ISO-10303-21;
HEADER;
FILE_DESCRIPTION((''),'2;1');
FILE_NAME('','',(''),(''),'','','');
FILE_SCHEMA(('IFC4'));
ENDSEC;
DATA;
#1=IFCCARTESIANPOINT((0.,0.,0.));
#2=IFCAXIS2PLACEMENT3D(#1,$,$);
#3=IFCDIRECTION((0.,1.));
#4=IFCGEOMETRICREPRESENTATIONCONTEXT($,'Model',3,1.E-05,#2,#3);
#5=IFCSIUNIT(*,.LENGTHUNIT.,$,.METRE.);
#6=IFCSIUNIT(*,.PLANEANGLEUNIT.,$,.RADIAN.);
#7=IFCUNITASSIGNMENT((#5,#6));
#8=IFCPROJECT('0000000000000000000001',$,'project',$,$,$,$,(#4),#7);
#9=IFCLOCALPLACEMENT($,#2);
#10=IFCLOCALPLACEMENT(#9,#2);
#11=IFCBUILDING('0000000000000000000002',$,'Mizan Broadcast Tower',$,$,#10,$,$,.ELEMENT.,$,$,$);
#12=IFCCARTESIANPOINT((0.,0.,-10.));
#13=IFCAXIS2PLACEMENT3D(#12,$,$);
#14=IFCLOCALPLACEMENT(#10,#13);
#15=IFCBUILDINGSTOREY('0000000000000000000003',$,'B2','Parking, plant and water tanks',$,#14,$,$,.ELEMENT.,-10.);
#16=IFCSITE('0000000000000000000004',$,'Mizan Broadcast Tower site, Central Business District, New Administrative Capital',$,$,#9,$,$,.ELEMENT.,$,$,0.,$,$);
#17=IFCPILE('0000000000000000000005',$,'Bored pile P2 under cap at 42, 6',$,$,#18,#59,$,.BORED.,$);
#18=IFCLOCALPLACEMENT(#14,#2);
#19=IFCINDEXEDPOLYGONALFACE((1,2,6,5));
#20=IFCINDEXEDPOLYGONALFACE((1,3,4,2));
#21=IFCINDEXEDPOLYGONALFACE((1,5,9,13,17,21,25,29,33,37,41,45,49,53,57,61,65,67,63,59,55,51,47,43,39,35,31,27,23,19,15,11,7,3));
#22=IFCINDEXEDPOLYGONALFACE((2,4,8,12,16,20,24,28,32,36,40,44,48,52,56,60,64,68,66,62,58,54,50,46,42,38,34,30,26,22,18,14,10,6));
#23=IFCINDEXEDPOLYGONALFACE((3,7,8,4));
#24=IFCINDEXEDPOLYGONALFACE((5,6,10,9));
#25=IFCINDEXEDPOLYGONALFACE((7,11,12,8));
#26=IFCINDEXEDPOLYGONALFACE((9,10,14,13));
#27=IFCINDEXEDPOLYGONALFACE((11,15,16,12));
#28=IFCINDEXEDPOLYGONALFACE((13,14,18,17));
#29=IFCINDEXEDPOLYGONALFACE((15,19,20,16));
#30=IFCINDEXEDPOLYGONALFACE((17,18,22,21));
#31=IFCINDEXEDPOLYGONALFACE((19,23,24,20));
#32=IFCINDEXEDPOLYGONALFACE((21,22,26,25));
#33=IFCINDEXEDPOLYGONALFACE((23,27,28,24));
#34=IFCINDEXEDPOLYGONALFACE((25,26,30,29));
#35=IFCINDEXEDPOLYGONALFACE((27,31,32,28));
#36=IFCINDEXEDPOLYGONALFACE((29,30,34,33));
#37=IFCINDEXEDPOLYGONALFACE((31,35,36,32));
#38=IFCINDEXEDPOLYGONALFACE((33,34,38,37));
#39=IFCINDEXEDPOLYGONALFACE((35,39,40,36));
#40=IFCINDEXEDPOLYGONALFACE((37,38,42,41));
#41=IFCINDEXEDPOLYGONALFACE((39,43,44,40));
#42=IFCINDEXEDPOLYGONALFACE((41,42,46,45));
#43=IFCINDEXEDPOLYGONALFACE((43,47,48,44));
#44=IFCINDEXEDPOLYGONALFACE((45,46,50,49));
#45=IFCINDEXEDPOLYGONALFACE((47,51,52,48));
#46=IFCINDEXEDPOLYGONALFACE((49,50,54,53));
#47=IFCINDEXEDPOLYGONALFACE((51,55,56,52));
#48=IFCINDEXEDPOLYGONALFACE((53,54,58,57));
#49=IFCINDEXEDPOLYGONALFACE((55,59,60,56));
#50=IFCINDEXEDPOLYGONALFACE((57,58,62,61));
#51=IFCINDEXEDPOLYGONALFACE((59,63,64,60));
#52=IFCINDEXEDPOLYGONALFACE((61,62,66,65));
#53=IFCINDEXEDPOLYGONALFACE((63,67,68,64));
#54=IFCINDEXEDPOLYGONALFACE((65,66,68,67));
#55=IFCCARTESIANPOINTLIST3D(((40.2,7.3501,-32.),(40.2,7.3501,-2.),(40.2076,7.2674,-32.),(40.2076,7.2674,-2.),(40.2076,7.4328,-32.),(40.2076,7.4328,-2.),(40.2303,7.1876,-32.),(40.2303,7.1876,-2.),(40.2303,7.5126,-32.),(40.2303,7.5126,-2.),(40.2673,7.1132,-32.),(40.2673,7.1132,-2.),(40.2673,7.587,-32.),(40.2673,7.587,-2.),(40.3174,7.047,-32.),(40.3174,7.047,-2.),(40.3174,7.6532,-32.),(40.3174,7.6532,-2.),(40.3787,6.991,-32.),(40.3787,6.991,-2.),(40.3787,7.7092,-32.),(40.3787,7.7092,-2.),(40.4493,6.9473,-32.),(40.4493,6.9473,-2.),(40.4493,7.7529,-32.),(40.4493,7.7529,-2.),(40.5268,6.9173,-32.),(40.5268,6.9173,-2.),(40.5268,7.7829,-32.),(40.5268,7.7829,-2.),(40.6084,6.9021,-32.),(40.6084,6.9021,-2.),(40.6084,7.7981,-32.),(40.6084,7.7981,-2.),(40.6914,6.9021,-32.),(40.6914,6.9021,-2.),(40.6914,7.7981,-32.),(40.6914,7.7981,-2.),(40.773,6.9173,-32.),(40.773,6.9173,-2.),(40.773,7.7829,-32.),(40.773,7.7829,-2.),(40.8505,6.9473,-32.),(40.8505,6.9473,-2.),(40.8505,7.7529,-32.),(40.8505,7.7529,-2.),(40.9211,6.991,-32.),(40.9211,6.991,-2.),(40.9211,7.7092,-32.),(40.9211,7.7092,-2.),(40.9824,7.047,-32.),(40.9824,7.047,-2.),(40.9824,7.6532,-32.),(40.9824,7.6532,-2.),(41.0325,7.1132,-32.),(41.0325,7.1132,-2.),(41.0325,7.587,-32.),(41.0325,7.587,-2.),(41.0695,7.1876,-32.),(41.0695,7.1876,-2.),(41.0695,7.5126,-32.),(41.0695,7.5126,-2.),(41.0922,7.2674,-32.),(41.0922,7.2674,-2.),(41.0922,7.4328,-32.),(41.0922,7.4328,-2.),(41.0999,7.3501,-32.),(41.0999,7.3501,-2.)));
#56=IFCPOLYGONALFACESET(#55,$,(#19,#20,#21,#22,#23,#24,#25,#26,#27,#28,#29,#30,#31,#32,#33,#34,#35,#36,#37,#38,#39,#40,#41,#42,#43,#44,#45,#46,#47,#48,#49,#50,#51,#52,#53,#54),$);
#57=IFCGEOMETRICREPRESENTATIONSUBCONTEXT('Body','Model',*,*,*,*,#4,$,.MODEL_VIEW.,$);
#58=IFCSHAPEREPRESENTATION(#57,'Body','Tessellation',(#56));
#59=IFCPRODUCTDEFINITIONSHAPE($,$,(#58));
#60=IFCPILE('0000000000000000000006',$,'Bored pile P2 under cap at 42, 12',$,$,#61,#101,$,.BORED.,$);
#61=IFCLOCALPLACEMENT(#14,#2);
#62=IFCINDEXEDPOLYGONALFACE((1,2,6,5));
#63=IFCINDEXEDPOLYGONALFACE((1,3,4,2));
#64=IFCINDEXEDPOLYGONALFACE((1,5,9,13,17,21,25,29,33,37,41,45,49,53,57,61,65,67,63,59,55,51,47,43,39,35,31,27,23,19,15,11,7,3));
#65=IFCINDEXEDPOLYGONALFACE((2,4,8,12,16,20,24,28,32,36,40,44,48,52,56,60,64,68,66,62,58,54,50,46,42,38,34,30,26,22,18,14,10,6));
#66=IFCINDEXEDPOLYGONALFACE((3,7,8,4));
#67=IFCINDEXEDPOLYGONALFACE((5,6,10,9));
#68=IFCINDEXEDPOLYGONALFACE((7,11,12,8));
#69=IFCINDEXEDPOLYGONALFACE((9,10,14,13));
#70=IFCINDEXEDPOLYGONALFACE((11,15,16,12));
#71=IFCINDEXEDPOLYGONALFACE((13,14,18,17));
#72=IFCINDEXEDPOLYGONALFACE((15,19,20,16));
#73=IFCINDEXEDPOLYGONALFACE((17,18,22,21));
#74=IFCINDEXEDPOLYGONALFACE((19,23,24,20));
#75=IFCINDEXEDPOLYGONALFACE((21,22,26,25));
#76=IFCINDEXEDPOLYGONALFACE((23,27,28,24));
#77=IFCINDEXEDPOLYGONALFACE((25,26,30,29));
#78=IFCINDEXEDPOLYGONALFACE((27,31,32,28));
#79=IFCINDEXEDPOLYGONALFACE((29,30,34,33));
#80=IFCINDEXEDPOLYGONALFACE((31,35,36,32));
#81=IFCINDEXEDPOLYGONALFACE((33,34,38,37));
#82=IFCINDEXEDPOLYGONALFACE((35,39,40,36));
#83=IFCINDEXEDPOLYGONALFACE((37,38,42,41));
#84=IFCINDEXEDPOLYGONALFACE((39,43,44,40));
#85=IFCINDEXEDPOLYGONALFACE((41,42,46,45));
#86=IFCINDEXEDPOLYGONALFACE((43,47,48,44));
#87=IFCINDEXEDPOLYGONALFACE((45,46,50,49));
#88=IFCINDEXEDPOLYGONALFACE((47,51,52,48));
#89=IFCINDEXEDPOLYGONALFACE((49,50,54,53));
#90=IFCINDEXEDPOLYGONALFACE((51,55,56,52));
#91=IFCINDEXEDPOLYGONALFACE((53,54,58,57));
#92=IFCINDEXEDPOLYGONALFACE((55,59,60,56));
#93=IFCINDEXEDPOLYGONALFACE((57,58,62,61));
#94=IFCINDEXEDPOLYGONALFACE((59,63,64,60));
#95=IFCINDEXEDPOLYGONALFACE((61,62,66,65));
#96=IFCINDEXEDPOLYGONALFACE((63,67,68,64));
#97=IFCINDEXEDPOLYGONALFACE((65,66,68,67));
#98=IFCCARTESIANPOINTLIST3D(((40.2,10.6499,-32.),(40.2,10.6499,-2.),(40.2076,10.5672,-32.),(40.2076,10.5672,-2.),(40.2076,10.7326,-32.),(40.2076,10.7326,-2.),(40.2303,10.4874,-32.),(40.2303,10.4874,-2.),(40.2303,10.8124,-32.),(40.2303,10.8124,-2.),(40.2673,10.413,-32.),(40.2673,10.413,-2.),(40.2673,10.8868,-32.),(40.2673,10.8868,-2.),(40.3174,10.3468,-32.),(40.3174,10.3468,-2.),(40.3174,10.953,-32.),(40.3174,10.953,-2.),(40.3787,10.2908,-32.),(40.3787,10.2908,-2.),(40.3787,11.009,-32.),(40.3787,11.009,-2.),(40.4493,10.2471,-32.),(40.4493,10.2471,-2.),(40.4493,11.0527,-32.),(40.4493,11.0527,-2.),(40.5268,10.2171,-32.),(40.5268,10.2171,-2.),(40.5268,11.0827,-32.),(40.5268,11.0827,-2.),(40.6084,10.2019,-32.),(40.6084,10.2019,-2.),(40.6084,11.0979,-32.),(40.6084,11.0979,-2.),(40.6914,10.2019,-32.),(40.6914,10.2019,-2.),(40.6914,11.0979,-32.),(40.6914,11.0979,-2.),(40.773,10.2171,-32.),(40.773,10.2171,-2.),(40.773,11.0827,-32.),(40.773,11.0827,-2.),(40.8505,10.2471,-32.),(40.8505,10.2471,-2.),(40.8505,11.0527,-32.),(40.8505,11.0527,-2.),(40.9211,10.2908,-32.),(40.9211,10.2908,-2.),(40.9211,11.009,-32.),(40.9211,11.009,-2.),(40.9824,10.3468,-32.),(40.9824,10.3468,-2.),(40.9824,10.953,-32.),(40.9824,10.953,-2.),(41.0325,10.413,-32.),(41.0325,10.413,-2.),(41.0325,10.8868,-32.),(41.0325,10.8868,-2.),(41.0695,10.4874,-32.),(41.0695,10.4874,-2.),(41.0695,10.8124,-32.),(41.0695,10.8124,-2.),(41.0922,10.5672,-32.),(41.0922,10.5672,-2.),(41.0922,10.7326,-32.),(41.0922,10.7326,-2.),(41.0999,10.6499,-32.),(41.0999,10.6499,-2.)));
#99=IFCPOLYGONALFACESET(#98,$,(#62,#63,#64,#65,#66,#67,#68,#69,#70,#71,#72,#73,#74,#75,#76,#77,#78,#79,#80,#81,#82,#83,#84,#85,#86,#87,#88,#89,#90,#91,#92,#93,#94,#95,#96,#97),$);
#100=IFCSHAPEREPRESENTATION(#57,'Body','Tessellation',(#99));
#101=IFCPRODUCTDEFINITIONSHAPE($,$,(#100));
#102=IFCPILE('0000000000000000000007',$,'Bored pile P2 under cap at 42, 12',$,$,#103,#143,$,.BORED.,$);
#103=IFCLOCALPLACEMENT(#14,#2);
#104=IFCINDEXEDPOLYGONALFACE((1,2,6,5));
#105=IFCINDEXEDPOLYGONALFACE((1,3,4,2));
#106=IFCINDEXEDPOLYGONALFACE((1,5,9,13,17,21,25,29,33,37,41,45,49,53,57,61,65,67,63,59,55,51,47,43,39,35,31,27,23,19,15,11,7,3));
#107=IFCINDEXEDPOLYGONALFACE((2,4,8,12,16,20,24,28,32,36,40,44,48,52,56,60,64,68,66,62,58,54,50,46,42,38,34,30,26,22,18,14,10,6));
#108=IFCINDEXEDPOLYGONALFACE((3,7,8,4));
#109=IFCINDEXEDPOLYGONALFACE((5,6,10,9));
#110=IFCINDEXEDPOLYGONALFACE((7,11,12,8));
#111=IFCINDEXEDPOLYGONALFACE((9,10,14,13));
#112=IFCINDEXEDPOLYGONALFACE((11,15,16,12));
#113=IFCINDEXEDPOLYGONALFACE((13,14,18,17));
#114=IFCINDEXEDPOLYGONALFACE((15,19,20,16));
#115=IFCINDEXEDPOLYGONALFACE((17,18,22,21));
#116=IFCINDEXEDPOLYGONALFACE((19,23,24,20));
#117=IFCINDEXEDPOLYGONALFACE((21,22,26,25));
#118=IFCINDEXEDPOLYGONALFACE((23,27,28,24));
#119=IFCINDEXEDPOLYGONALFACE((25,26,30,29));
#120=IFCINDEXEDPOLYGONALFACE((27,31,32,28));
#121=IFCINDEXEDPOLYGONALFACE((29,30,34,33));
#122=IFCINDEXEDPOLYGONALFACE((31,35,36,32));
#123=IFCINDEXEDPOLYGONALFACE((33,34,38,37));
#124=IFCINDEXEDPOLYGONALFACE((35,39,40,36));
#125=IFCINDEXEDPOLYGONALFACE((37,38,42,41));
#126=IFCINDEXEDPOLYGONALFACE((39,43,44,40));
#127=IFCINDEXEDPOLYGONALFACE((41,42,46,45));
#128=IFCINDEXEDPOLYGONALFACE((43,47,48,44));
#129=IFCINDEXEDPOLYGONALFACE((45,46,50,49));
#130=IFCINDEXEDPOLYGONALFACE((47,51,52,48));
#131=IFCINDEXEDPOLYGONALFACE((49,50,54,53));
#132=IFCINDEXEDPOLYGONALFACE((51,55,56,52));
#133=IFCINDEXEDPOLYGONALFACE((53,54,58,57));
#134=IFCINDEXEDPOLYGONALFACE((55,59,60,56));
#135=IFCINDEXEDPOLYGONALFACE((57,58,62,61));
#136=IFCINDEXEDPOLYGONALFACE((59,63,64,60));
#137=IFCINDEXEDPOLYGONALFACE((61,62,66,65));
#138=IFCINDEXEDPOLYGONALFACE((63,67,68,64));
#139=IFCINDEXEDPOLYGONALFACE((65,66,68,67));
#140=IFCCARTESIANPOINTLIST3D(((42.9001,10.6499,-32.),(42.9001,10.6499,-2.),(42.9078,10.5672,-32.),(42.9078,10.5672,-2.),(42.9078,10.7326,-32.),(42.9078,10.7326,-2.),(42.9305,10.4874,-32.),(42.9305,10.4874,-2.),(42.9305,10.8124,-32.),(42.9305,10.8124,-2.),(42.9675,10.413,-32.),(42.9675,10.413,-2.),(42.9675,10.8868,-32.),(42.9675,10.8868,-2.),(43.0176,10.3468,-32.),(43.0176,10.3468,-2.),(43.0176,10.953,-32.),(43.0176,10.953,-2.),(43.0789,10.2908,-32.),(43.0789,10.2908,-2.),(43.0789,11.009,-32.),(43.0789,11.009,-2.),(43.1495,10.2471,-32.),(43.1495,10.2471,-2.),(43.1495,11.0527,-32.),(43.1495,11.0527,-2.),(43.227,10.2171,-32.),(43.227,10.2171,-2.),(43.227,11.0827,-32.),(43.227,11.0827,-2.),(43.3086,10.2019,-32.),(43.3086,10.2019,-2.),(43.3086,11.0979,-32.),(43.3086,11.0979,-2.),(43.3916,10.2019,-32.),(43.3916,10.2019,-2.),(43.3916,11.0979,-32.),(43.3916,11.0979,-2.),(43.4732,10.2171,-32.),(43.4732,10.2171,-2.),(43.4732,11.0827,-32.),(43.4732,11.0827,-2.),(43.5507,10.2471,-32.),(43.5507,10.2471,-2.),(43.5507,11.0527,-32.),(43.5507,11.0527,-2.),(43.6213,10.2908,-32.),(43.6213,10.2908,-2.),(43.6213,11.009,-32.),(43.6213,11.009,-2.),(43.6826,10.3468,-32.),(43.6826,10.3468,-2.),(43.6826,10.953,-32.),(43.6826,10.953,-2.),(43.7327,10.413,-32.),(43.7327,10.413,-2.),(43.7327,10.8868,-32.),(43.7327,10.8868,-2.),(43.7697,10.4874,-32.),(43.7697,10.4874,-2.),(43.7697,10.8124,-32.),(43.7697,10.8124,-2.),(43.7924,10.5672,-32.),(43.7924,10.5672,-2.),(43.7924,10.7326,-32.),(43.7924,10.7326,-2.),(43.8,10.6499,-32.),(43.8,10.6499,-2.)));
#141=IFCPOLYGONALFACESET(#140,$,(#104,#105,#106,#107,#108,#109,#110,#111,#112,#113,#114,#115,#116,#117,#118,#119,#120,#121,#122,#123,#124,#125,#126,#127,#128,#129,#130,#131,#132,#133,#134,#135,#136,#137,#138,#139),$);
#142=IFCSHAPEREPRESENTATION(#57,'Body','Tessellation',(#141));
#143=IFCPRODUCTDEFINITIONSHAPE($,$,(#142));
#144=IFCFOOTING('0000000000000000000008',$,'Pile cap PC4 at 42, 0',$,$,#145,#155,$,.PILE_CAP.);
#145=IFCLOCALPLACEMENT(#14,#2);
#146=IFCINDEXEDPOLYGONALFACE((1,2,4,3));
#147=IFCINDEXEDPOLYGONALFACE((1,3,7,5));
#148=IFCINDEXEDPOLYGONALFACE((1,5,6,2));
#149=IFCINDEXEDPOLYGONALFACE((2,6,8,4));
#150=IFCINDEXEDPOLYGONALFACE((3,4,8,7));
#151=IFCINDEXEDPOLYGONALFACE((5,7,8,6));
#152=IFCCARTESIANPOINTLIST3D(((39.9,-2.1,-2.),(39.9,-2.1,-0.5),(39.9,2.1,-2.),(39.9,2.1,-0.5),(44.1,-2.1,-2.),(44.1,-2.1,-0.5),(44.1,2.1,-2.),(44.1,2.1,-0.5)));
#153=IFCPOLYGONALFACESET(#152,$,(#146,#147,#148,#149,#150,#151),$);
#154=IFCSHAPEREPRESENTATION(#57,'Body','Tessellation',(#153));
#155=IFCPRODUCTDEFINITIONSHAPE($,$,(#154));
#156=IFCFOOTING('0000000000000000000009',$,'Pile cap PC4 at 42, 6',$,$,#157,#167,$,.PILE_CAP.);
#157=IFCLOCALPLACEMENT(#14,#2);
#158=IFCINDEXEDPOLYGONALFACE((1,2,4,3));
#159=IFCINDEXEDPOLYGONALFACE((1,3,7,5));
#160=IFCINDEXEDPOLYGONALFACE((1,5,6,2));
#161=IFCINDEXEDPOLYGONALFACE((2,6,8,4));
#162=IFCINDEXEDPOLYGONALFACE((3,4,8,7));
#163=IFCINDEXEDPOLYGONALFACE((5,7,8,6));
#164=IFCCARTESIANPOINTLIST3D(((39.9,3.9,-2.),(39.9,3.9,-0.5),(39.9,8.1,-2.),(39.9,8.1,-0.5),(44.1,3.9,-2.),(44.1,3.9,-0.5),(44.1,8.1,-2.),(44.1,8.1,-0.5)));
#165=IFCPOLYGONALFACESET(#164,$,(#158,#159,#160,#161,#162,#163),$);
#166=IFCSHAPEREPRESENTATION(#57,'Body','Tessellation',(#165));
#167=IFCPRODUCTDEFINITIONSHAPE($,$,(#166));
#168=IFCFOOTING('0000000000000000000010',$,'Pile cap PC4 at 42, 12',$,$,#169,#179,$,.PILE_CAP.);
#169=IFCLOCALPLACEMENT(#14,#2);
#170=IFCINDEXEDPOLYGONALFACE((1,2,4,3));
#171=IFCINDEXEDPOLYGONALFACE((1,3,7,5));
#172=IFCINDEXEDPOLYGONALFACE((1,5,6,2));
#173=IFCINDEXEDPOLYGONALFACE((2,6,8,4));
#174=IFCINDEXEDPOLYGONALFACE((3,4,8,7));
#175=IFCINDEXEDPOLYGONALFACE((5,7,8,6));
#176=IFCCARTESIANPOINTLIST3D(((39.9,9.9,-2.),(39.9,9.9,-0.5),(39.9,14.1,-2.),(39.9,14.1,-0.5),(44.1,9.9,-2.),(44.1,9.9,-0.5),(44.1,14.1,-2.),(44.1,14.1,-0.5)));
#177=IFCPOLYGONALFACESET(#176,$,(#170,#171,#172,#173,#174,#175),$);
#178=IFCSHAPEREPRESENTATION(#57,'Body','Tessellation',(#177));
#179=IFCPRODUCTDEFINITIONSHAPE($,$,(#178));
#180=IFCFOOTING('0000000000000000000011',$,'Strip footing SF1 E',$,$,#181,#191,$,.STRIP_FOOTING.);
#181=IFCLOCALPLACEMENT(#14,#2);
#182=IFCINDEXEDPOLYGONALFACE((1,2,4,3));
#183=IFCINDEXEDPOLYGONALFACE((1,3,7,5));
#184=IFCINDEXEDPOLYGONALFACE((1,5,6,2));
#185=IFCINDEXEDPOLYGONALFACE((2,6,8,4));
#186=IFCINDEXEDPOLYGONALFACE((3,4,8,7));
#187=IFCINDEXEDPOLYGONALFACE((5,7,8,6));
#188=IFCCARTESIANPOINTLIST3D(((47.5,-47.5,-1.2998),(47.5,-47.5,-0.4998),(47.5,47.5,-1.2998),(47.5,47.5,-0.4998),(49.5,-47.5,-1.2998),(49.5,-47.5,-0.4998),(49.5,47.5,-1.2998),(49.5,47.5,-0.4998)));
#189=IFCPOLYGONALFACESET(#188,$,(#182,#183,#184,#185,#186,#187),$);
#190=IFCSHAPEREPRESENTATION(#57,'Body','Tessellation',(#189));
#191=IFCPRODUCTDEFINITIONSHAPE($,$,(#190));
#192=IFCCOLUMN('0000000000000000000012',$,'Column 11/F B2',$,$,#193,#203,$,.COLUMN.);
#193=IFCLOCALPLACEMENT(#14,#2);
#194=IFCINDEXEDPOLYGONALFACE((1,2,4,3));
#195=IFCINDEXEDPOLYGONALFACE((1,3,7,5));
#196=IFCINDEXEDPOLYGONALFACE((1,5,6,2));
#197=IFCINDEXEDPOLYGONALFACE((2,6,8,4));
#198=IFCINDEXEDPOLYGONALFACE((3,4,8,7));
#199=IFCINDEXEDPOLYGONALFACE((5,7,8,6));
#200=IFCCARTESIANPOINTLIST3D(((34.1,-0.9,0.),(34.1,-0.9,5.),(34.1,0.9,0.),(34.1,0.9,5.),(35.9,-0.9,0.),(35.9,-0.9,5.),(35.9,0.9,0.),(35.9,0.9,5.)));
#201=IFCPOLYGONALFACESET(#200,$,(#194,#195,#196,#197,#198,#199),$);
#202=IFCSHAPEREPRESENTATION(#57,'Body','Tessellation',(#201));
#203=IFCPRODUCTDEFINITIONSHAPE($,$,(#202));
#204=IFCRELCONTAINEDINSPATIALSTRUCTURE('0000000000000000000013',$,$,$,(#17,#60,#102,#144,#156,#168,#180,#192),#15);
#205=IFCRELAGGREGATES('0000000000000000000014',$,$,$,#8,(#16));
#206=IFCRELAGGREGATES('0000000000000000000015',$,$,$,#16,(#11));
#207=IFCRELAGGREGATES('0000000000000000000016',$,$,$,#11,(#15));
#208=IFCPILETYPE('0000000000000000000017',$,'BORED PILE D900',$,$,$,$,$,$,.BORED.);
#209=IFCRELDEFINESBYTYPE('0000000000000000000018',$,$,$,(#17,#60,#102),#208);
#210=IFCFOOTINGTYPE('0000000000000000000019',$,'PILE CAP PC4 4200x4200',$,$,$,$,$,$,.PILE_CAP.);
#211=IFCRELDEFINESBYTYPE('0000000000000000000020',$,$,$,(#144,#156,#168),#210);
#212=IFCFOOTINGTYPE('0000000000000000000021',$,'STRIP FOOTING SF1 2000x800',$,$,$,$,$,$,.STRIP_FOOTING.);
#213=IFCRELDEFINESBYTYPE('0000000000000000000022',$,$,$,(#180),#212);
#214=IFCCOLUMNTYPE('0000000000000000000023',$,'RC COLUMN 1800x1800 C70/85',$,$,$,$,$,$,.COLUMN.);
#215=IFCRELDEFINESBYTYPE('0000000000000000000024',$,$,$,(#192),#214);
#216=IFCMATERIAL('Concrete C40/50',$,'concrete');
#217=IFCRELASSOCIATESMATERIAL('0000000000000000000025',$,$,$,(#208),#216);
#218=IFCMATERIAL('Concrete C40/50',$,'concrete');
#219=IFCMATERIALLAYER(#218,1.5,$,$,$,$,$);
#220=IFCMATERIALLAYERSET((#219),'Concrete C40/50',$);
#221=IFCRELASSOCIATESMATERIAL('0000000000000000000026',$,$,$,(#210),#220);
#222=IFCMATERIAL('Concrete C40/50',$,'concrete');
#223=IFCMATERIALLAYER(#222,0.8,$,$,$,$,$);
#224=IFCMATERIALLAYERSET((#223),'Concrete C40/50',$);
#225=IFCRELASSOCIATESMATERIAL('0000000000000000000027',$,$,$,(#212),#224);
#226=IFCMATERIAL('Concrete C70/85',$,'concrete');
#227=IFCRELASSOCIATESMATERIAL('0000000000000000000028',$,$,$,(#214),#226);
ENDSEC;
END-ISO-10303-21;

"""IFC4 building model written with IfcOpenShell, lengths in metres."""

from ifc_helpers import new_model, si_unit, direction, frame, origin, origin_2d, place, context, subcontext, project, spatial, rectangle, circle, extrude, material, layer, layer_set, material_profile, profile_set, type_object, element, save


model = new_model("IFC4")

# Units and contexts
model_context = context("Model", 3, precision=1e-05, world=origin(), true_north=direction((0.0, 1.0)))
body_context = subcontext(model_context, "Body", "Model", "MODEL_VIEW")
ifc_project = project(units=[si_unit("LENGTHUNIT", "METRE"), si_unit("PLANEANGLEUNIT", "RADIAN")], contexts=[model_context])

# Site, building, storey
site_placement = place(None, origin())
site = spatial("IfcSite", under=ifc_project, at=site_placement, Name="Mizan Broadcast Tower site, Central Business District, New Administrative Capital", CompositionType="ELEMENT", RefElevation=0.0)
building_placement = place(site_placement, origin())
building = spatial("IfcBuilding", under=site, at=building_placement, Name="Mizan Broadcast Tower", CompositionType="ELEMENT")
storey_placement = place(building_placement, frame((0.0, 0.0, -10.0)))
storey = spatial("IfcBuildingStorey", under=building, at=storey_placement, Name="B2", Description="Parking, plant and water tanks", CompositionType="ELEMENT", Elevation=-10.0)

# Piles
ifc_material_1 = material(Name="Concrete C40/50", Category="concrete")
ifc_material_profile_1 = material_profile(ifc_material_1, circle(Radius=0.45, at=origin_2d()), Name="D900")
ifc_profile_set_1 = profile_set([ifc_material_profile_1], Name="Concrete C40/50")
pile_type_1 = type_object("IfcPileType", Name="BORED PILE D900", PredefinedType="BORED", material=ifc_profile_set_1)
for number, where, z_axis, x_axis, name in (
    (1, (40.6499, 7.3501, -2.0), (0.0, 0.0, -1.0), (1.0, 0.0, 0.0), "Bored pile P2 under cap at 42, 6"),
    (2, (40.6499, 10.6499, -2.0), (0.0, 0.0, -1.0), (1.0, 0.0, 0.0), "Bored pile P2 under cap at 42, 12"),
    (3, (43.3501, 10.6499, -2.0), (0.0, 0.0, -1.0), (1.0, 0.0, 0.0), "Bored pile P2 under cap at 42, 12"),
):
    element("IfcPile", number, at=place(storey_placement, frame(where, z_axis=z_axis, x_axis=x_axis)), inside=storey, type_object=pile_type_1, Name=name, PredefinedType="BORED", context=body_context, shape_type="SweptSolid", body=[
        extrude(circle(Radius=0.45, at=origin_2d()), origin(), (0.0, 0.0, 1.0), 30.0),
    ])

# Footings
ifc_material_2 = material(Name="Concrete C40/50", Category="concrete")
ifc_layer_1 = layer(ifc_material_2, 1.5)
ifc_layer_set_1 = layer_set([ifc_layer_1], Name="Concrete C40/50")
footing_type_1 = type_object("IfcFootingType", Name="PILE CAP PC4 4200x4200", PredefinedType="PILE_CAP", material=ifc_layer_set_1)
for number, where, z_axis, x_axis, name in (
    (4, (42.0, 0.0, -2.0), (0.0, 0.0, 1.0), (1.0, 0.0, 0.0), "Pile cap PC4 at 42, 0"),
    (5, (42.0, 6.0, -2.0), (0.0, 0.0, 1.0), (1.0, 0.0, 0.0), "Pile cap PC4 at 42, 6"),
    (6, (42.0, 12.0, -2.0), (0.0, 0.0, 1.0), (1.0, 0.0, 0.0), "Pile cap PC4 at 42, 12"),
):
    element("IfcFooting", number, at=place(storey_placement, frame(where, z_axis=z_axis, x_axis=x_axis)), inside=storey, type_object=footing_type_1, Name=name, PredefinedType="PILE_CAP", context=body_context, shape_type="SweptSolid", body=[
        extrude(rectangle(XDim=4.2, YDim=4.2, at=origin_2d()), origin(), (0.0, 0.0, 1.0), 1.5),
    ])
ifc_material_3 = material(Name="Concrete C40/50", Category="concrete")
ifc_layer_2 = layer(ifc_material_3, 0.8)
ifc_layer_set_2 = layer_set([ifc_layer_2], Name="Concrete C40/50")
footing_type_2 = type_object("IfcFootingType", Name="STRIP FOOTING SF1 2000x800", PredefinedType="STRIP_FOOTING", material=ifc_layer_set_2)
footing_placement = place(storey_placement, frame((48.5, 0.0, -1.2998), z_axis=(0.0, 0.0, 1.0), x_axis=(1.0, 0.0, 0.0)))
element("IfcFooting", 7, at=footing_placement, inside=storey, type_object=footing_type_2, Name="Strip footing SF1 E", PredefinedType="STRIP_FOOTING", context=body_context, shape_type="SweptSolid", body=[
    extrude(rectangle(XDim=2.0, YDim=95.0, at=origin_2d()), origin(), (0.0, 0.0, 1.0), 0.8),
])

# Column
ifc_material_4 = material(Name="Concrete C70/85", Category="concrete")
ifc_material_profile_2 = material_profile(ifc_material_4, rectangle(XDim=1.8, YDim=1.8, at=origin_2d()), Name="RC 1800x1800")
ifc_profile_set_2 = profile_set([ifc_material_profile_2], Name="Concrete C70/85")
column_type_1 = type_object("IfcColumnType", Name="RC COLUMN 1800x1800 C70/85", PredefinedType="COLUMN", material=ifc_profile_set_2)
for number, where, z_axis, x_axis, name in (
    (8, (35.0, 0.0, 0.0), (0.0, 0.0, 1.0), (1.0, 0.0, 0.0), "Column 11/F B2"),
):
    element("IfcColumn", number, at=place(storey_placement, frame(where, z_axis=z_axis, x_axis=x_axis)), inside=storey, type_object=column_type_1, Name=name, PredefinedType="COLUMN", context=body_context, shape_type="SweptSolid", body=[
        extrude(rectangle(XDim=1.8, YDim=1.8, at=origin_2d()), origin(), (0.0, 0.0, 1.0), 5.0),
    ])

save(model, "model.ifc")
